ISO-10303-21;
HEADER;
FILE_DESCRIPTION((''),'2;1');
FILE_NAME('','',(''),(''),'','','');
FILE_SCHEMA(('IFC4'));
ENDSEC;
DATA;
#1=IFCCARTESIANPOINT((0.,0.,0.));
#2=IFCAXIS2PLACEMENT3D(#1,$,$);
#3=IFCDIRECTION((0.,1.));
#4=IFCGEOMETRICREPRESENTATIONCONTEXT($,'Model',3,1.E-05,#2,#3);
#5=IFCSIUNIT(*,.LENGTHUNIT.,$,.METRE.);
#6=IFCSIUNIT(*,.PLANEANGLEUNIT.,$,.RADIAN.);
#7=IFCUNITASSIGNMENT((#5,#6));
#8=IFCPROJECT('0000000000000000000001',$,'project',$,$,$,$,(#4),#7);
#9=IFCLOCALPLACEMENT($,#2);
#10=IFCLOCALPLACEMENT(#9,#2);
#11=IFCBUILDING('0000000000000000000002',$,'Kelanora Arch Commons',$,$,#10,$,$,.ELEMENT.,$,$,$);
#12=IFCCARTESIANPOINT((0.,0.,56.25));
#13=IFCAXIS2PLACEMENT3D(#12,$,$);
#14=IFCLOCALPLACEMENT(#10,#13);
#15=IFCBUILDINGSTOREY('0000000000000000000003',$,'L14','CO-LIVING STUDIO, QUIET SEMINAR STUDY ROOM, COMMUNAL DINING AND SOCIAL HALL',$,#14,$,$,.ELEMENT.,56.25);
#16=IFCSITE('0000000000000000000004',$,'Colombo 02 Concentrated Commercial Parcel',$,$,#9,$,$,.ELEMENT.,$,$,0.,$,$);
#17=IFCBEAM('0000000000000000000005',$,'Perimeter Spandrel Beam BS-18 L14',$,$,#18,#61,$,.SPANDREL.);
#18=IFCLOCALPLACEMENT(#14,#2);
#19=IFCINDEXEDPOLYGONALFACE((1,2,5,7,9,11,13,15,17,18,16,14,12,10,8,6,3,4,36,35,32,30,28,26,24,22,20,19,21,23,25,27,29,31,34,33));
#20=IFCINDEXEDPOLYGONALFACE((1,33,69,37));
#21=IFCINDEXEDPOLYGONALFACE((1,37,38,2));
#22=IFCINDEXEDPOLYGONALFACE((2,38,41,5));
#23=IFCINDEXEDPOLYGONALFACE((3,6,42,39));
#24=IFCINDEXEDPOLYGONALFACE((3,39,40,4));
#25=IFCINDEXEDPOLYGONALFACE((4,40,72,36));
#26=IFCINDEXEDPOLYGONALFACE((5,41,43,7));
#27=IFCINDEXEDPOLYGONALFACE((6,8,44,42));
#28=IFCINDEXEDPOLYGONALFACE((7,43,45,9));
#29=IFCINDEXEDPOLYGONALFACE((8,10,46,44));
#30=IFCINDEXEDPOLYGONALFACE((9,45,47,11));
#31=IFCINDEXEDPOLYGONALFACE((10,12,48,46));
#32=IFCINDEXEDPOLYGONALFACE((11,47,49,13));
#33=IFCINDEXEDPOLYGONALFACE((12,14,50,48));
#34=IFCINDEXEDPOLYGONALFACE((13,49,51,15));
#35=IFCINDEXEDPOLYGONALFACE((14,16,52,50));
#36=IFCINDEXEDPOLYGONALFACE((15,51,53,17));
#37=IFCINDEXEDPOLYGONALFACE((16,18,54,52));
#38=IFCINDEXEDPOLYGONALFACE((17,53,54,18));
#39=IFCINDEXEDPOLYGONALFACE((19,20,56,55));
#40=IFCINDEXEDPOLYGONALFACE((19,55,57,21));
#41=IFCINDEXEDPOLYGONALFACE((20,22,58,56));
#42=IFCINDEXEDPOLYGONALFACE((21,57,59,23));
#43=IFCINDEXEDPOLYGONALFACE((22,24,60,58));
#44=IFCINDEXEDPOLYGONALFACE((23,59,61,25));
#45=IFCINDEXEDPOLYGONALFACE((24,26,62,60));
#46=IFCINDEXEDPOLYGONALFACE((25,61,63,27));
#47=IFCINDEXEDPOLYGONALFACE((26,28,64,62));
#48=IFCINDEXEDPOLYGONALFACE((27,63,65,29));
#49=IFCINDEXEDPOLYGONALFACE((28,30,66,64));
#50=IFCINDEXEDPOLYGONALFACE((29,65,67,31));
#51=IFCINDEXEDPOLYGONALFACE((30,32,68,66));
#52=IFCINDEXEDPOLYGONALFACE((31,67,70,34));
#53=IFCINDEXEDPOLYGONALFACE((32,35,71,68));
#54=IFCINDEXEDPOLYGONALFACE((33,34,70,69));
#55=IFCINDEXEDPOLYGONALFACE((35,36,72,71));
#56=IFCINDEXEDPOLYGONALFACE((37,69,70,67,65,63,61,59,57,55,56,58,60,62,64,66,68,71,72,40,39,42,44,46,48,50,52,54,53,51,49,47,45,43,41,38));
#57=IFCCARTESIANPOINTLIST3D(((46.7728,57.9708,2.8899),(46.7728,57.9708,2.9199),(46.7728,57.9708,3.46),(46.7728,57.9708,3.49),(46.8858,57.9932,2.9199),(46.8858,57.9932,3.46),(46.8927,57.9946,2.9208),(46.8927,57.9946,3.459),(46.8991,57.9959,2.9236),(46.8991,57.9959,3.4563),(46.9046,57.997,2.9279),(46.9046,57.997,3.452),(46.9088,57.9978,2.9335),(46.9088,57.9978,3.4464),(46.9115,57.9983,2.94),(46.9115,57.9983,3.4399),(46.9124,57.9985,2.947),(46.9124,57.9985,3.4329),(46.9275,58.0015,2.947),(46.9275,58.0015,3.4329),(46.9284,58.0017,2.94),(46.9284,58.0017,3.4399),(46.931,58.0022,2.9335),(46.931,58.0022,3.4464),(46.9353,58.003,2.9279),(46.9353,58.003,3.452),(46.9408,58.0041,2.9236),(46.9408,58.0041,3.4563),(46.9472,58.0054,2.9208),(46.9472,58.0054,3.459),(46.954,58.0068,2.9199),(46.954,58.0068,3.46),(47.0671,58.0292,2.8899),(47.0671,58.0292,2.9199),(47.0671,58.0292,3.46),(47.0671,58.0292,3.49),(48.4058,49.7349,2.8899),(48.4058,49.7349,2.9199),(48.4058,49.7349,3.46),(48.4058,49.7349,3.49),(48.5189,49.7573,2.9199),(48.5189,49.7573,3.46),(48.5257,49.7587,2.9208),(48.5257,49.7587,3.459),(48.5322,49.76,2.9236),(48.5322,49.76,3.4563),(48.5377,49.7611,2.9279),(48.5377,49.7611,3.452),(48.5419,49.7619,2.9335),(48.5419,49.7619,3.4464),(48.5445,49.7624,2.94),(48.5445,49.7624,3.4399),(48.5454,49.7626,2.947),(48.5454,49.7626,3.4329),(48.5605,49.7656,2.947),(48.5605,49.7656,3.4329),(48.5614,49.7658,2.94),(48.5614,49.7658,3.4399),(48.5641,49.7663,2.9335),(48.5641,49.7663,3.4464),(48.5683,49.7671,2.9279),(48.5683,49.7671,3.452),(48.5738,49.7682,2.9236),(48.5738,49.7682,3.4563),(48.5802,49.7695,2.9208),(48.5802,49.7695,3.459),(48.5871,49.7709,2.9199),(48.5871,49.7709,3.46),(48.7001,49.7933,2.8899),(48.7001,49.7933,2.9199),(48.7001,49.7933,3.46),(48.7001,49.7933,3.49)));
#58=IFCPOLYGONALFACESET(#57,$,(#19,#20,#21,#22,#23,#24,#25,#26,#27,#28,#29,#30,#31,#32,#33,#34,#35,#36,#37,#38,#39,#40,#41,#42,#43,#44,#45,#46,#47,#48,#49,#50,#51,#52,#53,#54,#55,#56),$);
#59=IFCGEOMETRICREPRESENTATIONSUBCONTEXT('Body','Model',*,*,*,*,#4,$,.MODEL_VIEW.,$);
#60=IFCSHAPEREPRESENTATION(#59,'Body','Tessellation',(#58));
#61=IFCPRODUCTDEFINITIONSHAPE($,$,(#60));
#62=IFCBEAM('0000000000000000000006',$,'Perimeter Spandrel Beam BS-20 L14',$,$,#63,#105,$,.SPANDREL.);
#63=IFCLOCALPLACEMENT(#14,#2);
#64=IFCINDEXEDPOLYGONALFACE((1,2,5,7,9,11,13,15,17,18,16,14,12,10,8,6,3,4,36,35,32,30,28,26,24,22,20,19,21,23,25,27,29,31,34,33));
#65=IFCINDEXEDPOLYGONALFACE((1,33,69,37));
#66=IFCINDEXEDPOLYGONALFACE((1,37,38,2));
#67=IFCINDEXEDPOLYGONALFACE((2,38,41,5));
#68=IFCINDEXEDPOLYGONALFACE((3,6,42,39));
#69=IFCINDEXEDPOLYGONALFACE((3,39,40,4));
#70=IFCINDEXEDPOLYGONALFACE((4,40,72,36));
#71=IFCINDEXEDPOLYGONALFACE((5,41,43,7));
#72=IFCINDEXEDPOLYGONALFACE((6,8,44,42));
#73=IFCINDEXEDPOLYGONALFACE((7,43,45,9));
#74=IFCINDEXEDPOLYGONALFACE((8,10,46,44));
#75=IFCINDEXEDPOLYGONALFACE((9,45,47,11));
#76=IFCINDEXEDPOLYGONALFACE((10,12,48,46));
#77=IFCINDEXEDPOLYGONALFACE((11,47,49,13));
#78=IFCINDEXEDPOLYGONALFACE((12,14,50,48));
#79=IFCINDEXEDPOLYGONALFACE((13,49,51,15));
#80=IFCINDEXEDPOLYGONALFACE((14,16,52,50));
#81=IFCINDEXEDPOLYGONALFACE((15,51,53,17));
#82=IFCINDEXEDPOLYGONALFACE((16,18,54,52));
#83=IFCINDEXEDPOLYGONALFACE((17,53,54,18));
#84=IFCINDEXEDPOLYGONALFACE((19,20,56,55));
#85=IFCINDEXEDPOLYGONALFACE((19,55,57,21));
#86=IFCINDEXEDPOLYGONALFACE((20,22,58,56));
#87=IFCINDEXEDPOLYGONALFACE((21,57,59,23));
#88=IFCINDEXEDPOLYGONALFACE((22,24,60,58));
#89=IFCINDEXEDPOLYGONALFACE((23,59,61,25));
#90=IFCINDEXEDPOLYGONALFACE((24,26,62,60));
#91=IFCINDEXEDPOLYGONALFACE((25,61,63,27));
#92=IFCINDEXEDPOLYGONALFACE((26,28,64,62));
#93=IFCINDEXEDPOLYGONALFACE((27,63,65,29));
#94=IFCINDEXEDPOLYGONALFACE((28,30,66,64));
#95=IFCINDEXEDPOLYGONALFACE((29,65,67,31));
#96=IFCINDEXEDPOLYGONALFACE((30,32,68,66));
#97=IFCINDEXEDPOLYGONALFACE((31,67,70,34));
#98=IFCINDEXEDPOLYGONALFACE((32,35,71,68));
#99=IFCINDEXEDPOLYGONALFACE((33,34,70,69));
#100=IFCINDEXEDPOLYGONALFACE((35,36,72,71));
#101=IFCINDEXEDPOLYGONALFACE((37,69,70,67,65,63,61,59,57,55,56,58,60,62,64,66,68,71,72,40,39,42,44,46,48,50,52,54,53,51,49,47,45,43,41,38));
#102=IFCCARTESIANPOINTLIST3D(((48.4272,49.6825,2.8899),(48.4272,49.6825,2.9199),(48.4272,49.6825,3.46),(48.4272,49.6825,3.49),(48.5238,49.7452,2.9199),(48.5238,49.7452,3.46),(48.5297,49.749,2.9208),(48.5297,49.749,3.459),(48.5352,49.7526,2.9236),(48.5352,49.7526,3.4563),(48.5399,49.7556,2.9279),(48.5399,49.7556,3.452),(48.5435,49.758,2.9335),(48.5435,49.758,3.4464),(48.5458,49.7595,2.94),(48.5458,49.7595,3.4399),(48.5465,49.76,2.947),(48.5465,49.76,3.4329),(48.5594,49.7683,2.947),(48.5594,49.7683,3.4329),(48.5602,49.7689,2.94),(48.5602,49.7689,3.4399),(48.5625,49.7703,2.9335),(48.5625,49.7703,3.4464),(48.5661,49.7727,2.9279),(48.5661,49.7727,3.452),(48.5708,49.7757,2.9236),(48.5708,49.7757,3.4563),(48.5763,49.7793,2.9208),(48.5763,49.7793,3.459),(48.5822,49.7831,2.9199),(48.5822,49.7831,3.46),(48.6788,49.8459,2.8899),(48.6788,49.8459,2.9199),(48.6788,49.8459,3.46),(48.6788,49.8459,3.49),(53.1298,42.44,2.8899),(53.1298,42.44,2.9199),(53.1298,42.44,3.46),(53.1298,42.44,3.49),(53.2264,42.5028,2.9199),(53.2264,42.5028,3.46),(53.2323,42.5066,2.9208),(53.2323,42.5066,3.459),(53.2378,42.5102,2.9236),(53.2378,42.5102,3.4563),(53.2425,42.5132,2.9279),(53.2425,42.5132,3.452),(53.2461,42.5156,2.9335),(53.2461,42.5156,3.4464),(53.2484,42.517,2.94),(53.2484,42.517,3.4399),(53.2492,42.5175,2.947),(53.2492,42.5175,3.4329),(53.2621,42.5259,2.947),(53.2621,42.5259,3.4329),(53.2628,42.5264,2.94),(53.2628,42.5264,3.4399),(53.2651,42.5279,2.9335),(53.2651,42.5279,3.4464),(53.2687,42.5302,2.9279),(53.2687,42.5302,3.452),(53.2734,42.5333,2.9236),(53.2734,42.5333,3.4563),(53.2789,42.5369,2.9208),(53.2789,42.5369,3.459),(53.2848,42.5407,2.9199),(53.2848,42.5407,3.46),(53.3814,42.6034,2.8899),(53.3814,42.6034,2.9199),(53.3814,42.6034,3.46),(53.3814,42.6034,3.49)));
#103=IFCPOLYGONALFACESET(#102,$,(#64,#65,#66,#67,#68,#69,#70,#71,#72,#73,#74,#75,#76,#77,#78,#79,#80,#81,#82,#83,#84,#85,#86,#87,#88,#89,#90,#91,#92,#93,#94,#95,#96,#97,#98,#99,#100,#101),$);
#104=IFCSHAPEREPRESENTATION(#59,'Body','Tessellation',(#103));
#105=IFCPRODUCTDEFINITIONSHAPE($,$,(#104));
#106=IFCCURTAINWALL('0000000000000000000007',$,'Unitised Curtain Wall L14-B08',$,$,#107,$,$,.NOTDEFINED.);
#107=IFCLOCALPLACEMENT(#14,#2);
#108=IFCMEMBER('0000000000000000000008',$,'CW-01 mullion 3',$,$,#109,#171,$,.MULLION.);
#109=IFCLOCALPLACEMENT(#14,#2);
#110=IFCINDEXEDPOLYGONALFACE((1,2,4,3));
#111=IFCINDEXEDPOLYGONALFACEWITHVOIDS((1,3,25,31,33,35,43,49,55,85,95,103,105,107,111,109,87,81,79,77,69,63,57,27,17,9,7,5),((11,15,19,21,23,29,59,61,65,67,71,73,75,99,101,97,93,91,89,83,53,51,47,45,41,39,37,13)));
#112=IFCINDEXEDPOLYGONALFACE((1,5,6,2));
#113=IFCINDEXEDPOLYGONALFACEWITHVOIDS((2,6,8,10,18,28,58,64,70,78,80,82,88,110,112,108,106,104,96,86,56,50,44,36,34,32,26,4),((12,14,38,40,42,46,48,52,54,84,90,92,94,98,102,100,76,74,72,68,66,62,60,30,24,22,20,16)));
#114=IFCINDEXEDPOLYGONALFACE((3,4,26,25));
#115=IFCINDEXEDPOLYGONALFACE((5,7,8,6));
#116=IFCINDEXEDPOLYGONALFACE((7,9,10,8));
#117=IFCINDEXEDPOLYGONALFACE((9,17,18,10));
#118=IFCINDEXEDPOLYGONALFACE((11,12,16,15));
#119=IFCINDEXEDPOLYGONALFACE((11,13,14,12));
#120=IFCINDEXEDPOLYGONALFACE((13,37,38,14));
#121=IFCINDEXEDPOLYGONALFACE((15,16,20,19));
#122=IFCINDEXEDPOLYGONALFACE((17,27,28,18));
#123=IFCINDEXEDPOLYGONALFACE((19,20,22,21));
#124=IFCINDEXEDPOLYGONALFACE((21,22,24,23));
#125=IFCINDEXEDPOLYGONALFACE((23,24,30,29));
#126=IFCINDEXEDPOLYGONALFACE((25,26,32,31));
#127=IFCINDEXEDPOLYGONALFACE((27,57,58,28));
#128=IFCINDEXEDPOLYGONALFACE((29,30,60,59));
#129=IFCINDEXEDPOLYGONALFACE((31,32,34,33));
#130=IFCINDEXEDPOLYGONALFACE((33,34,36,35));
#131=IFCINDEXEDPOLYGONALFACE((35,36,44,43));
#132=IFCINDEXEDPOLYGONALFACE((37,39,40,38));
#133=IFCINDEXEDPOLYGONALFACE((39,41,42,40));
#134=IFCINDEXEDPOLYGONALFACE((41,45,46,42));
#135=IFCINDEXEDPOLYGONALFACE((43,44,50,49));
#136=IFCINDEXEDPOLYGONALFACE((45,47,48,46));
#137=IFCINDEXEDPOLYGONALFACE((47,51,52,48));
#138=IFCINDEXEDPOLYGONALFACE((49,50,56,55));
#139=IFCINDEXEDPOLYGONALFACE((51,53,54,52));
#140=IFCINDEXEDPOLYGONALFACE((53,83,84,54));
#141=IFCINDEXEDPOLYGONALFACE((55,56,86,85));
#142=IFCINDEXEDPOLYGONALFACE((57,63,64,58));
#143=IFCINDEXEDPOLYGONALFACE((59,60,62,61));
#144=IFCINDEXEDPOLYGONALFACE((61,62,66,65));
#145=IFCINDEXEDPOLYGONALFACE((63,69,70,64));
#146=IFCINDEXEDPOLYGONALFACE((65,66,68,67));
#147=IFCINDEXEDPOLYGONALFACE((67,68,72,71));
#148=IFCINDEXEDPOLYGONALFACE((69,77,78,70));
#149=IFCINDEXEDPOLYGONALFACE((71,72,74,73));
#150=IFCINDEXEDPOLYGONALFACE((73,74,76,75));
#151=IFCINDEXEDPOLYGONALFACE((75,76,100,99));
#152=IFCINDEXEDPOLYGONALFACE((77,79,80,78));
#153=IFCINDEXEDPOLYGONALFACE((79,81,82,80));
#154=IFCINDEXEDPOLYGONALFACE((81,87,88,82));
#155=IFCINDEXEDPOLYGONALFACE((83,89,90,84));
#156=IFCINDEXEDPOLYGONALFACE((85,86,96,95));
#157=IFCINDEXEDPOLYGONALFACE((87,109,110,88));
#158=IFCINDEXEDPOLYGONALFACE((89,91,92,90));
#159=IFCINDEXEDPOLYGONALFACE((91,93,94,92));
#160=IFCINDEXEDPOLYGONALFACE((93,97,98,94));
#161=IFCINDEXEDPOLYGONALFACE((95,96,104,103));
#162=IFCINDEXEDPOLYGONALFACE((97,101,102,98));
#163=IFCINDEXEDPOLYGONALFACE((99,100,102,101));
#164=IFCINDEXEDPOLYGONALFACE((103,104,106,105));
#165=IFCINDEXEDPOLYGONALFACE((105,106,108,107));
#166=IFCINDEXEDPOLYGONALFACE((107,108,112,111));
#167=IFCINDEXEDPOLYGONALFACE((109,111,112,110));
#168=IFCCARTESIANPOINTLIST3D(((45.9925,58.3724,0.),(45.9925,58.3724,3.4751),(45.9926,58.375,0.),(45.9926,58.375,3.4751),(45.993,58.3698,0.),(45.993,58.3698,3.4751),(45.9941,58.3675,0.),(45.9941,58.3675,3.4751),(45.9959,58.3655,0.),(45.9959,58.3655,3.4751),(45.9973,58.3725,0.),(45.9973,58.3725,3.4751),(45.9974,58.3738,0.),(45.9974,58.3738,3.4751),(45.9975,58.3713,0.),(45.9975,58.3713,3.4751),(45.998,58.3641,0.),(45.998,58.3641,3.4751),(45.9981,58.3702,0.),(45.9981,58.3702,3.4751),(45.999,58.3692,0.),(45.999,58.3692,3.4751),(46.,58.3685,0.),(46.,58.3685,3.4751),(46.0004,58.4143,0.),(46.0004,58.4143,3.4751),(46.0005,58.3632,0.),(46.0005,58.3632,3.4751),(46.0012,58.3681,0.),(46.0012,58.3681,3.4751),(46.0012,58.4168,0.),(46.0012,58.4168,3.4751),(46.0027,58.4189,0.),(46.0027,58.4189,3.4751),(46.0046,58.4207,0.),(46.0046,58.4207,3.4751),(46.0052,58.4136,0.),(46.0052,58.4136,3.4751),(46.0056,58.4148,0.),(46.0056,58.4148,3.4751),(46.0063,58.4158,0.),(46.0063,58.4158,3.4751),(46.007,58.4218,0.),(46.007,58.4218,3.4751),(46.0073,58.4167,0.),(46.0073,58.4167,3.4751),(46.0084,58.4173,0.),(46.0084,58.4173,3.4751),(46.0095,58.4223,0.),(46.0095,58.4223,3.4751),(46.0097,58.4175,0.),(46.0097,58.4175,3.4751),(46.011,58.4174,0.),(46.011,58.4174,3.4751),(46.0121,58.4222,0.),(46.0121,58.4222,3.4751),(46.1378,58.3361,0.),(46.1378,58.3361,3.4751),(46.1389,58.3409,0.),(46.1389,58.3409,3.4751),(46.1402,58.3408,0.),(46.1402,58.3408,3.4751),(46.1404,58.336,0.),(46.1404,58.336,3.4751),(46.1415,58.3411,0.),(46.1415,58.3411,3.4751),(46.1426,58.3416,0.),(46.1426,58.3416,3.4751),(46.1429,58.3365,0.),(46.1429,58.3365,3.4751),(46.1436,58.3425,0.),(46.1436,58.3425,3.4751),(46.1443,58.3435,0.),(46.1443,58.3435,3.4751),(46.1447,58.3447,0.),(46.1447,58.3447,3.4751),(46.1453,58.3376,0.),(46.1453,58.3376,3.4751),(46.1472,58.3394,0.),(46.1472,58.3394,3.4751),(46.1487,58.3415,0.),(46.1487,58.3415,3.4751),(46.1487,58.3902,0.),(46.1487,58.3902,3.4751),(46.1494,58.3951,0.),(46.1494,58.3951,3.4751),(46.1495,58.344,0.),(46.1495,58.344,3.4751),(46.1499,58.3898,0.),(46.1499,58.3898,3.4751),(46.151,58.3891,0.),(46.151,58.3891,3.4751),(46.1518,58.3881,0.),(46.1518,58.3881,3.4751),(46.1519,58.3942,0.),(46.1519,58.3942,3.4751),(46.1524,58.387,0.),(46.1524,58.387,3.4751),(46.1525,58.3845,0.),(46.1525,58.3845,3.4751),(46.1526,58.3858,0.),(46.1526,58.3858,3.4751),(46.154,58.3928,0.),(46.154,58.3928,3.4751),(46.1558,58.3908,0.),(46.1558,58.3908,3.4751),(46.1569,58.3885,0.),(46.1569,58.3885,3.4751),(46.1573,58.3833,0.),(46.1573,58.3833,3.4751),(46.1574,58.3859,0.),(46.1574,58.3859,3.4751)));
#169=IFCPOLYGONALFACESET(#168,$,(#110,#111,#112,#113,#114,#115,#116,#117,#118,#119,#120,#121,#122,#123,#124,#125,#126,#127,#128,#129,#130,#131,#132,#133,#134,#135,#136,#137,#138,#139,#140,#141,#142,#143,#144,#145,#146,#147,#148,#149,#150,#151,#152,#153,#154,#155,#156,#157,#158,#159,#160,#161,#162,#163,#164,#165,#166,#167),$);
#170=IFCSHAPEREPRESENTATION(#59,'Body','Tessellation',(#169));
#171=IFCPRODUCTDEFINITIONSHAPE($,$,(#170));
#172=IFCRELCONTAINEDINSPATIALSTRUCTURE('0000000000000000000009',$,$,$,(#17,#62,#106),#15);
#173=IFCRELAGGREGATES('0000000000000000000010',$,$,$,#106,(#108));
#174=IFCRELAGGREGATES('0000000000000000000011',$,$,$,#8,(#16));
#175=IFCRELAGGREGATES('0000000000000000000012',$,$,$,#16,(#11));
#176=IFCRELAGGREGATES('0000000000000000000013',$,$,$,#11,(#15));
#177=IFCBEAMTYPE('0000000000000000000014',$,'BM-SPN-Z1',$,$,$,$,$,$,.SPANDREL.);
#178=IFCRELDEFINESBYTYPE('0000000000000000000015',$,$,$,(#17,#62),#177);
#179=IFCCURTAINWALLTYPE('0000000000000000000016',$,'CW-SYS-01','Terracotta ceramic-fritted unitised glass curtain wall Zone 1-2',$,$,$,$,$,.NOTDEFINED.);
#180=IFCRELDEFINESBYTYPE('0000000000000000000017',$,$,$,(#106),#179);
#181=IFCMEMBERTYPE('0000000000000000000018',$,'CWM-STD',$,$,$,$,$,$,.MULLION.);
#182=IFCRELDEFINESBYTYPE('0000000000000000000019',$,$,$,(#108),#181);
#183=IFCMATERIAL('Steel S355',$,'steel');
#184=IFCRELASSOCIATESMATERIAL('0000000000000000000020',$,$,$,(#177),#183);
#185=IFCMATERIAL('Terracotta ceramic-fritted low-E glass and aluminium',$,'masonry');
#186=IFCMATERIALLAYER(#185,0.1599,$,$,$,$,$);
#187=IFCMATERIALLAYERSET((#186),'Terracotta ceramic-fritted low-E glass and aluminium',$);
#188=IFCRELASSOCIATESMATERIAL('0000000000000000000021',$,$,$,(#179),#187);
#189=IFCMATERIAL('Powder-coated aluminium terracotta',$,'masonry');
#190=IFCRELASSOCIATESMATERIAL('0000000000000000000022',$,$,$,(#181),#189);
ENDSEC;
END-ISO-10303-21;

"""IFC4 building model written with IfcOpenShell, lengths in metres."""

from ifc_helpers import new_model, si_unit, direction, frame, origin, origin_2d, place, context, subcontext, project, spatial, hollow_rectangle, i_section, extrude, material, layer, layer_set, material_profile, profile_set, type_object, element, aggregate, save


model = new_model("IFC4")

# Units and contexts
model_context = context("Model", 3, precision=1e-05, world=origin(), true_north=direction((0.0, 1.0)))
body_context = subcontext(model_context, "Body", "Model", "MODEL_VIEW")
ifc_project = project(units=[si_unit("LENGTHUNIT", "METRE"), si_unit("PLANEANGLEUNIT", "RADIAN")], contexts=[model_context])

# Site, building, storey
site_placement = place(None, origin())
site = spatial("IfcSite", under=ifc_project, at=site_placement, Name="Colombo 02 Concentrated Commercial Parcel", CompositionType="ELEMENT", RefElevation=0.0)
building_placement = place(site_placement, origin())
building = spatial("IfcBuilding", under=site, at=building_placement, Name="Kelanora Arch Commons", CompositionType="ELEMENT")
storey_placement = place(building_placement, frame((0.0, 0.0, 56.25)))
storey = spatial("IfcBuildingStorey", under=building, at=storey_placement, Name="L14", Description="CO-LIVING STUDIO, QUIET SEMINAR STUDY ROOM, COMMUNAL DINING AND SOCIAL HALL", CompositionType="ELEMENT", Elevation=56.25)

# Beams
ifc_material_1 = material(Name="Steel S355", Category="steel")
ifc_material_profile_1 = material_profile(ifc_material_1, i_section(OverallWidth=0.3, OverallDepth=0.6001, WebThickness=0.0154, FlangeThickness=0.03, FilletRadius=0.0271, at=origin_2d()), Name="HEB600")
ifc_profile_set_1 = profile_set([ifc_material_profile_1], Name="Steel S355")
beam_type_1 = type_object("IfcBeamType", Name="BM-SPN-Z1", PredefinedType="SPANDREL", material=ifc_profile_set_1)
beam_1_placement = place(storey_placement, frame((46.9199, 58.0, 3.1899), z_axis=(0.1945, -0.980903, 0.0), x_axis=(0.980903, 0.1945, 0.0)))
element("IfcBeam", 1, at=beam_1_placement, inside=storey, type_object=beam_type_1, Name="Perimeter Spandrel Beam BS-18 L14", PredefinedType="SPANDREL", context=body_context, shape_type="SweptSolid", body=[
    extrude(i_section(OverallWidth=0.3, OverallDepth=0.6001, WebThickness=0.0154, FlangeThickness=0.03, FilletRadius=0.0271, at=origin_2d()), origin(), (0.0, 0.0, 1.0), 8.3962),
])
beam_2_placement = place(storey_placement, frame((48.553, 49.7642, 3.1899), z_axis=(0.544586, -0.838705, 0.0), x_axis=(0.838705, 0.544586, 0.0)))
element("IfcBeam", 2, at=beam_2_placement, inside=storey, type_object=beam_type_1, Name="Perimeter Spandrel Beam BS-20 L14", PredefinedType="SPANDREL", context=body_context, shape_type="SweptSolid", body=[
    extrude(i_section(OverallWidth=0.3, OverallDepth=0.6001, WebThickness=0.0154, FlangeThickness=0.03, FilletRadius=0.0271, at=origin_2d()), origin(), (0.0, 0.0, 1.0), 8.6353),
])

# Curtain wall, member
ifc_material_2 = material(Name="Terracotta ceramic-fritted low-E glass and aluminium", Category="masonry")
ifc_layer_1 = layer(ifc_material_2, 0.1599)
ifc_layer_set_1 = layer_set([ifc_layer_1], Name="Terracotta ceramic-fritted low-E glass and aluminium")
curtain_wall_type = type_object("IfcCurtainWallType", Name="CW-SYS-01", Description="Terracotta ceramic-fritted unitised glass curtain wall Zone 1-2", PredefinedType="NOTDEFINED", material=ifc_layer_set_1)
curtain_wall_1_placement = place(storey_placement, origin())
curtain_wall_1 = element("IfcCurtainWall", 3, at=curtain_wall_1_placement, inside=storey, type_object=curtain_wall_type, Name="Unitised Curtain Wall L14-B08", PredefinedType="NOTDEFINED")
ifc_material_3 = material(Name="Powder-coated aluminium terracotta", Category="masonry")
ifc_material_profile_2 = material_profile(ifc_material_3, hollow_rectangle(XDim=0.1599, YDim=0.0601, WallThickness=0.0049, InnerFilletRadius=0.0049, OuterFilletRadius=0.01, at=origin_2d()), Name="CWM160x60")
ifc_profile_set_2 = profile_set([ifc_material_profile_2], Name="Powder-coated aluminium terracotta")
member_type_1 = type_object("IfcMemberType", Name="CWM-STD", PredefinedType="MULLION", material=ifc_profile_set_2)
member_1_placement = place(storey_placement, frame((46.075, 58.3792, 0.0), z_axis=(0.0, 0.0, 1.0), x_axis=(0.981052, -0.193744, 0.0)))
member_1 = element("IfcMember", 4, at=member_1_placement, type_object=member_type_1, Name="CW-01 mullion 3", PredefinedType="MULLION", context=body_context, shape_type="SweptSolid", body=[
    extrude(hollow_rectangle(XDim=0.1599, YDim=0.0601, WallThickness=0.0049, InnerFilletRadius=0.0049, OuterFilletRadius=0.01, at=origin_2d()), origin(), (0.0, 0.0, 1.0), 3.4751),
])
aggregate(curtain_wall_1, [member_1])

save(model, "model.ifc")
